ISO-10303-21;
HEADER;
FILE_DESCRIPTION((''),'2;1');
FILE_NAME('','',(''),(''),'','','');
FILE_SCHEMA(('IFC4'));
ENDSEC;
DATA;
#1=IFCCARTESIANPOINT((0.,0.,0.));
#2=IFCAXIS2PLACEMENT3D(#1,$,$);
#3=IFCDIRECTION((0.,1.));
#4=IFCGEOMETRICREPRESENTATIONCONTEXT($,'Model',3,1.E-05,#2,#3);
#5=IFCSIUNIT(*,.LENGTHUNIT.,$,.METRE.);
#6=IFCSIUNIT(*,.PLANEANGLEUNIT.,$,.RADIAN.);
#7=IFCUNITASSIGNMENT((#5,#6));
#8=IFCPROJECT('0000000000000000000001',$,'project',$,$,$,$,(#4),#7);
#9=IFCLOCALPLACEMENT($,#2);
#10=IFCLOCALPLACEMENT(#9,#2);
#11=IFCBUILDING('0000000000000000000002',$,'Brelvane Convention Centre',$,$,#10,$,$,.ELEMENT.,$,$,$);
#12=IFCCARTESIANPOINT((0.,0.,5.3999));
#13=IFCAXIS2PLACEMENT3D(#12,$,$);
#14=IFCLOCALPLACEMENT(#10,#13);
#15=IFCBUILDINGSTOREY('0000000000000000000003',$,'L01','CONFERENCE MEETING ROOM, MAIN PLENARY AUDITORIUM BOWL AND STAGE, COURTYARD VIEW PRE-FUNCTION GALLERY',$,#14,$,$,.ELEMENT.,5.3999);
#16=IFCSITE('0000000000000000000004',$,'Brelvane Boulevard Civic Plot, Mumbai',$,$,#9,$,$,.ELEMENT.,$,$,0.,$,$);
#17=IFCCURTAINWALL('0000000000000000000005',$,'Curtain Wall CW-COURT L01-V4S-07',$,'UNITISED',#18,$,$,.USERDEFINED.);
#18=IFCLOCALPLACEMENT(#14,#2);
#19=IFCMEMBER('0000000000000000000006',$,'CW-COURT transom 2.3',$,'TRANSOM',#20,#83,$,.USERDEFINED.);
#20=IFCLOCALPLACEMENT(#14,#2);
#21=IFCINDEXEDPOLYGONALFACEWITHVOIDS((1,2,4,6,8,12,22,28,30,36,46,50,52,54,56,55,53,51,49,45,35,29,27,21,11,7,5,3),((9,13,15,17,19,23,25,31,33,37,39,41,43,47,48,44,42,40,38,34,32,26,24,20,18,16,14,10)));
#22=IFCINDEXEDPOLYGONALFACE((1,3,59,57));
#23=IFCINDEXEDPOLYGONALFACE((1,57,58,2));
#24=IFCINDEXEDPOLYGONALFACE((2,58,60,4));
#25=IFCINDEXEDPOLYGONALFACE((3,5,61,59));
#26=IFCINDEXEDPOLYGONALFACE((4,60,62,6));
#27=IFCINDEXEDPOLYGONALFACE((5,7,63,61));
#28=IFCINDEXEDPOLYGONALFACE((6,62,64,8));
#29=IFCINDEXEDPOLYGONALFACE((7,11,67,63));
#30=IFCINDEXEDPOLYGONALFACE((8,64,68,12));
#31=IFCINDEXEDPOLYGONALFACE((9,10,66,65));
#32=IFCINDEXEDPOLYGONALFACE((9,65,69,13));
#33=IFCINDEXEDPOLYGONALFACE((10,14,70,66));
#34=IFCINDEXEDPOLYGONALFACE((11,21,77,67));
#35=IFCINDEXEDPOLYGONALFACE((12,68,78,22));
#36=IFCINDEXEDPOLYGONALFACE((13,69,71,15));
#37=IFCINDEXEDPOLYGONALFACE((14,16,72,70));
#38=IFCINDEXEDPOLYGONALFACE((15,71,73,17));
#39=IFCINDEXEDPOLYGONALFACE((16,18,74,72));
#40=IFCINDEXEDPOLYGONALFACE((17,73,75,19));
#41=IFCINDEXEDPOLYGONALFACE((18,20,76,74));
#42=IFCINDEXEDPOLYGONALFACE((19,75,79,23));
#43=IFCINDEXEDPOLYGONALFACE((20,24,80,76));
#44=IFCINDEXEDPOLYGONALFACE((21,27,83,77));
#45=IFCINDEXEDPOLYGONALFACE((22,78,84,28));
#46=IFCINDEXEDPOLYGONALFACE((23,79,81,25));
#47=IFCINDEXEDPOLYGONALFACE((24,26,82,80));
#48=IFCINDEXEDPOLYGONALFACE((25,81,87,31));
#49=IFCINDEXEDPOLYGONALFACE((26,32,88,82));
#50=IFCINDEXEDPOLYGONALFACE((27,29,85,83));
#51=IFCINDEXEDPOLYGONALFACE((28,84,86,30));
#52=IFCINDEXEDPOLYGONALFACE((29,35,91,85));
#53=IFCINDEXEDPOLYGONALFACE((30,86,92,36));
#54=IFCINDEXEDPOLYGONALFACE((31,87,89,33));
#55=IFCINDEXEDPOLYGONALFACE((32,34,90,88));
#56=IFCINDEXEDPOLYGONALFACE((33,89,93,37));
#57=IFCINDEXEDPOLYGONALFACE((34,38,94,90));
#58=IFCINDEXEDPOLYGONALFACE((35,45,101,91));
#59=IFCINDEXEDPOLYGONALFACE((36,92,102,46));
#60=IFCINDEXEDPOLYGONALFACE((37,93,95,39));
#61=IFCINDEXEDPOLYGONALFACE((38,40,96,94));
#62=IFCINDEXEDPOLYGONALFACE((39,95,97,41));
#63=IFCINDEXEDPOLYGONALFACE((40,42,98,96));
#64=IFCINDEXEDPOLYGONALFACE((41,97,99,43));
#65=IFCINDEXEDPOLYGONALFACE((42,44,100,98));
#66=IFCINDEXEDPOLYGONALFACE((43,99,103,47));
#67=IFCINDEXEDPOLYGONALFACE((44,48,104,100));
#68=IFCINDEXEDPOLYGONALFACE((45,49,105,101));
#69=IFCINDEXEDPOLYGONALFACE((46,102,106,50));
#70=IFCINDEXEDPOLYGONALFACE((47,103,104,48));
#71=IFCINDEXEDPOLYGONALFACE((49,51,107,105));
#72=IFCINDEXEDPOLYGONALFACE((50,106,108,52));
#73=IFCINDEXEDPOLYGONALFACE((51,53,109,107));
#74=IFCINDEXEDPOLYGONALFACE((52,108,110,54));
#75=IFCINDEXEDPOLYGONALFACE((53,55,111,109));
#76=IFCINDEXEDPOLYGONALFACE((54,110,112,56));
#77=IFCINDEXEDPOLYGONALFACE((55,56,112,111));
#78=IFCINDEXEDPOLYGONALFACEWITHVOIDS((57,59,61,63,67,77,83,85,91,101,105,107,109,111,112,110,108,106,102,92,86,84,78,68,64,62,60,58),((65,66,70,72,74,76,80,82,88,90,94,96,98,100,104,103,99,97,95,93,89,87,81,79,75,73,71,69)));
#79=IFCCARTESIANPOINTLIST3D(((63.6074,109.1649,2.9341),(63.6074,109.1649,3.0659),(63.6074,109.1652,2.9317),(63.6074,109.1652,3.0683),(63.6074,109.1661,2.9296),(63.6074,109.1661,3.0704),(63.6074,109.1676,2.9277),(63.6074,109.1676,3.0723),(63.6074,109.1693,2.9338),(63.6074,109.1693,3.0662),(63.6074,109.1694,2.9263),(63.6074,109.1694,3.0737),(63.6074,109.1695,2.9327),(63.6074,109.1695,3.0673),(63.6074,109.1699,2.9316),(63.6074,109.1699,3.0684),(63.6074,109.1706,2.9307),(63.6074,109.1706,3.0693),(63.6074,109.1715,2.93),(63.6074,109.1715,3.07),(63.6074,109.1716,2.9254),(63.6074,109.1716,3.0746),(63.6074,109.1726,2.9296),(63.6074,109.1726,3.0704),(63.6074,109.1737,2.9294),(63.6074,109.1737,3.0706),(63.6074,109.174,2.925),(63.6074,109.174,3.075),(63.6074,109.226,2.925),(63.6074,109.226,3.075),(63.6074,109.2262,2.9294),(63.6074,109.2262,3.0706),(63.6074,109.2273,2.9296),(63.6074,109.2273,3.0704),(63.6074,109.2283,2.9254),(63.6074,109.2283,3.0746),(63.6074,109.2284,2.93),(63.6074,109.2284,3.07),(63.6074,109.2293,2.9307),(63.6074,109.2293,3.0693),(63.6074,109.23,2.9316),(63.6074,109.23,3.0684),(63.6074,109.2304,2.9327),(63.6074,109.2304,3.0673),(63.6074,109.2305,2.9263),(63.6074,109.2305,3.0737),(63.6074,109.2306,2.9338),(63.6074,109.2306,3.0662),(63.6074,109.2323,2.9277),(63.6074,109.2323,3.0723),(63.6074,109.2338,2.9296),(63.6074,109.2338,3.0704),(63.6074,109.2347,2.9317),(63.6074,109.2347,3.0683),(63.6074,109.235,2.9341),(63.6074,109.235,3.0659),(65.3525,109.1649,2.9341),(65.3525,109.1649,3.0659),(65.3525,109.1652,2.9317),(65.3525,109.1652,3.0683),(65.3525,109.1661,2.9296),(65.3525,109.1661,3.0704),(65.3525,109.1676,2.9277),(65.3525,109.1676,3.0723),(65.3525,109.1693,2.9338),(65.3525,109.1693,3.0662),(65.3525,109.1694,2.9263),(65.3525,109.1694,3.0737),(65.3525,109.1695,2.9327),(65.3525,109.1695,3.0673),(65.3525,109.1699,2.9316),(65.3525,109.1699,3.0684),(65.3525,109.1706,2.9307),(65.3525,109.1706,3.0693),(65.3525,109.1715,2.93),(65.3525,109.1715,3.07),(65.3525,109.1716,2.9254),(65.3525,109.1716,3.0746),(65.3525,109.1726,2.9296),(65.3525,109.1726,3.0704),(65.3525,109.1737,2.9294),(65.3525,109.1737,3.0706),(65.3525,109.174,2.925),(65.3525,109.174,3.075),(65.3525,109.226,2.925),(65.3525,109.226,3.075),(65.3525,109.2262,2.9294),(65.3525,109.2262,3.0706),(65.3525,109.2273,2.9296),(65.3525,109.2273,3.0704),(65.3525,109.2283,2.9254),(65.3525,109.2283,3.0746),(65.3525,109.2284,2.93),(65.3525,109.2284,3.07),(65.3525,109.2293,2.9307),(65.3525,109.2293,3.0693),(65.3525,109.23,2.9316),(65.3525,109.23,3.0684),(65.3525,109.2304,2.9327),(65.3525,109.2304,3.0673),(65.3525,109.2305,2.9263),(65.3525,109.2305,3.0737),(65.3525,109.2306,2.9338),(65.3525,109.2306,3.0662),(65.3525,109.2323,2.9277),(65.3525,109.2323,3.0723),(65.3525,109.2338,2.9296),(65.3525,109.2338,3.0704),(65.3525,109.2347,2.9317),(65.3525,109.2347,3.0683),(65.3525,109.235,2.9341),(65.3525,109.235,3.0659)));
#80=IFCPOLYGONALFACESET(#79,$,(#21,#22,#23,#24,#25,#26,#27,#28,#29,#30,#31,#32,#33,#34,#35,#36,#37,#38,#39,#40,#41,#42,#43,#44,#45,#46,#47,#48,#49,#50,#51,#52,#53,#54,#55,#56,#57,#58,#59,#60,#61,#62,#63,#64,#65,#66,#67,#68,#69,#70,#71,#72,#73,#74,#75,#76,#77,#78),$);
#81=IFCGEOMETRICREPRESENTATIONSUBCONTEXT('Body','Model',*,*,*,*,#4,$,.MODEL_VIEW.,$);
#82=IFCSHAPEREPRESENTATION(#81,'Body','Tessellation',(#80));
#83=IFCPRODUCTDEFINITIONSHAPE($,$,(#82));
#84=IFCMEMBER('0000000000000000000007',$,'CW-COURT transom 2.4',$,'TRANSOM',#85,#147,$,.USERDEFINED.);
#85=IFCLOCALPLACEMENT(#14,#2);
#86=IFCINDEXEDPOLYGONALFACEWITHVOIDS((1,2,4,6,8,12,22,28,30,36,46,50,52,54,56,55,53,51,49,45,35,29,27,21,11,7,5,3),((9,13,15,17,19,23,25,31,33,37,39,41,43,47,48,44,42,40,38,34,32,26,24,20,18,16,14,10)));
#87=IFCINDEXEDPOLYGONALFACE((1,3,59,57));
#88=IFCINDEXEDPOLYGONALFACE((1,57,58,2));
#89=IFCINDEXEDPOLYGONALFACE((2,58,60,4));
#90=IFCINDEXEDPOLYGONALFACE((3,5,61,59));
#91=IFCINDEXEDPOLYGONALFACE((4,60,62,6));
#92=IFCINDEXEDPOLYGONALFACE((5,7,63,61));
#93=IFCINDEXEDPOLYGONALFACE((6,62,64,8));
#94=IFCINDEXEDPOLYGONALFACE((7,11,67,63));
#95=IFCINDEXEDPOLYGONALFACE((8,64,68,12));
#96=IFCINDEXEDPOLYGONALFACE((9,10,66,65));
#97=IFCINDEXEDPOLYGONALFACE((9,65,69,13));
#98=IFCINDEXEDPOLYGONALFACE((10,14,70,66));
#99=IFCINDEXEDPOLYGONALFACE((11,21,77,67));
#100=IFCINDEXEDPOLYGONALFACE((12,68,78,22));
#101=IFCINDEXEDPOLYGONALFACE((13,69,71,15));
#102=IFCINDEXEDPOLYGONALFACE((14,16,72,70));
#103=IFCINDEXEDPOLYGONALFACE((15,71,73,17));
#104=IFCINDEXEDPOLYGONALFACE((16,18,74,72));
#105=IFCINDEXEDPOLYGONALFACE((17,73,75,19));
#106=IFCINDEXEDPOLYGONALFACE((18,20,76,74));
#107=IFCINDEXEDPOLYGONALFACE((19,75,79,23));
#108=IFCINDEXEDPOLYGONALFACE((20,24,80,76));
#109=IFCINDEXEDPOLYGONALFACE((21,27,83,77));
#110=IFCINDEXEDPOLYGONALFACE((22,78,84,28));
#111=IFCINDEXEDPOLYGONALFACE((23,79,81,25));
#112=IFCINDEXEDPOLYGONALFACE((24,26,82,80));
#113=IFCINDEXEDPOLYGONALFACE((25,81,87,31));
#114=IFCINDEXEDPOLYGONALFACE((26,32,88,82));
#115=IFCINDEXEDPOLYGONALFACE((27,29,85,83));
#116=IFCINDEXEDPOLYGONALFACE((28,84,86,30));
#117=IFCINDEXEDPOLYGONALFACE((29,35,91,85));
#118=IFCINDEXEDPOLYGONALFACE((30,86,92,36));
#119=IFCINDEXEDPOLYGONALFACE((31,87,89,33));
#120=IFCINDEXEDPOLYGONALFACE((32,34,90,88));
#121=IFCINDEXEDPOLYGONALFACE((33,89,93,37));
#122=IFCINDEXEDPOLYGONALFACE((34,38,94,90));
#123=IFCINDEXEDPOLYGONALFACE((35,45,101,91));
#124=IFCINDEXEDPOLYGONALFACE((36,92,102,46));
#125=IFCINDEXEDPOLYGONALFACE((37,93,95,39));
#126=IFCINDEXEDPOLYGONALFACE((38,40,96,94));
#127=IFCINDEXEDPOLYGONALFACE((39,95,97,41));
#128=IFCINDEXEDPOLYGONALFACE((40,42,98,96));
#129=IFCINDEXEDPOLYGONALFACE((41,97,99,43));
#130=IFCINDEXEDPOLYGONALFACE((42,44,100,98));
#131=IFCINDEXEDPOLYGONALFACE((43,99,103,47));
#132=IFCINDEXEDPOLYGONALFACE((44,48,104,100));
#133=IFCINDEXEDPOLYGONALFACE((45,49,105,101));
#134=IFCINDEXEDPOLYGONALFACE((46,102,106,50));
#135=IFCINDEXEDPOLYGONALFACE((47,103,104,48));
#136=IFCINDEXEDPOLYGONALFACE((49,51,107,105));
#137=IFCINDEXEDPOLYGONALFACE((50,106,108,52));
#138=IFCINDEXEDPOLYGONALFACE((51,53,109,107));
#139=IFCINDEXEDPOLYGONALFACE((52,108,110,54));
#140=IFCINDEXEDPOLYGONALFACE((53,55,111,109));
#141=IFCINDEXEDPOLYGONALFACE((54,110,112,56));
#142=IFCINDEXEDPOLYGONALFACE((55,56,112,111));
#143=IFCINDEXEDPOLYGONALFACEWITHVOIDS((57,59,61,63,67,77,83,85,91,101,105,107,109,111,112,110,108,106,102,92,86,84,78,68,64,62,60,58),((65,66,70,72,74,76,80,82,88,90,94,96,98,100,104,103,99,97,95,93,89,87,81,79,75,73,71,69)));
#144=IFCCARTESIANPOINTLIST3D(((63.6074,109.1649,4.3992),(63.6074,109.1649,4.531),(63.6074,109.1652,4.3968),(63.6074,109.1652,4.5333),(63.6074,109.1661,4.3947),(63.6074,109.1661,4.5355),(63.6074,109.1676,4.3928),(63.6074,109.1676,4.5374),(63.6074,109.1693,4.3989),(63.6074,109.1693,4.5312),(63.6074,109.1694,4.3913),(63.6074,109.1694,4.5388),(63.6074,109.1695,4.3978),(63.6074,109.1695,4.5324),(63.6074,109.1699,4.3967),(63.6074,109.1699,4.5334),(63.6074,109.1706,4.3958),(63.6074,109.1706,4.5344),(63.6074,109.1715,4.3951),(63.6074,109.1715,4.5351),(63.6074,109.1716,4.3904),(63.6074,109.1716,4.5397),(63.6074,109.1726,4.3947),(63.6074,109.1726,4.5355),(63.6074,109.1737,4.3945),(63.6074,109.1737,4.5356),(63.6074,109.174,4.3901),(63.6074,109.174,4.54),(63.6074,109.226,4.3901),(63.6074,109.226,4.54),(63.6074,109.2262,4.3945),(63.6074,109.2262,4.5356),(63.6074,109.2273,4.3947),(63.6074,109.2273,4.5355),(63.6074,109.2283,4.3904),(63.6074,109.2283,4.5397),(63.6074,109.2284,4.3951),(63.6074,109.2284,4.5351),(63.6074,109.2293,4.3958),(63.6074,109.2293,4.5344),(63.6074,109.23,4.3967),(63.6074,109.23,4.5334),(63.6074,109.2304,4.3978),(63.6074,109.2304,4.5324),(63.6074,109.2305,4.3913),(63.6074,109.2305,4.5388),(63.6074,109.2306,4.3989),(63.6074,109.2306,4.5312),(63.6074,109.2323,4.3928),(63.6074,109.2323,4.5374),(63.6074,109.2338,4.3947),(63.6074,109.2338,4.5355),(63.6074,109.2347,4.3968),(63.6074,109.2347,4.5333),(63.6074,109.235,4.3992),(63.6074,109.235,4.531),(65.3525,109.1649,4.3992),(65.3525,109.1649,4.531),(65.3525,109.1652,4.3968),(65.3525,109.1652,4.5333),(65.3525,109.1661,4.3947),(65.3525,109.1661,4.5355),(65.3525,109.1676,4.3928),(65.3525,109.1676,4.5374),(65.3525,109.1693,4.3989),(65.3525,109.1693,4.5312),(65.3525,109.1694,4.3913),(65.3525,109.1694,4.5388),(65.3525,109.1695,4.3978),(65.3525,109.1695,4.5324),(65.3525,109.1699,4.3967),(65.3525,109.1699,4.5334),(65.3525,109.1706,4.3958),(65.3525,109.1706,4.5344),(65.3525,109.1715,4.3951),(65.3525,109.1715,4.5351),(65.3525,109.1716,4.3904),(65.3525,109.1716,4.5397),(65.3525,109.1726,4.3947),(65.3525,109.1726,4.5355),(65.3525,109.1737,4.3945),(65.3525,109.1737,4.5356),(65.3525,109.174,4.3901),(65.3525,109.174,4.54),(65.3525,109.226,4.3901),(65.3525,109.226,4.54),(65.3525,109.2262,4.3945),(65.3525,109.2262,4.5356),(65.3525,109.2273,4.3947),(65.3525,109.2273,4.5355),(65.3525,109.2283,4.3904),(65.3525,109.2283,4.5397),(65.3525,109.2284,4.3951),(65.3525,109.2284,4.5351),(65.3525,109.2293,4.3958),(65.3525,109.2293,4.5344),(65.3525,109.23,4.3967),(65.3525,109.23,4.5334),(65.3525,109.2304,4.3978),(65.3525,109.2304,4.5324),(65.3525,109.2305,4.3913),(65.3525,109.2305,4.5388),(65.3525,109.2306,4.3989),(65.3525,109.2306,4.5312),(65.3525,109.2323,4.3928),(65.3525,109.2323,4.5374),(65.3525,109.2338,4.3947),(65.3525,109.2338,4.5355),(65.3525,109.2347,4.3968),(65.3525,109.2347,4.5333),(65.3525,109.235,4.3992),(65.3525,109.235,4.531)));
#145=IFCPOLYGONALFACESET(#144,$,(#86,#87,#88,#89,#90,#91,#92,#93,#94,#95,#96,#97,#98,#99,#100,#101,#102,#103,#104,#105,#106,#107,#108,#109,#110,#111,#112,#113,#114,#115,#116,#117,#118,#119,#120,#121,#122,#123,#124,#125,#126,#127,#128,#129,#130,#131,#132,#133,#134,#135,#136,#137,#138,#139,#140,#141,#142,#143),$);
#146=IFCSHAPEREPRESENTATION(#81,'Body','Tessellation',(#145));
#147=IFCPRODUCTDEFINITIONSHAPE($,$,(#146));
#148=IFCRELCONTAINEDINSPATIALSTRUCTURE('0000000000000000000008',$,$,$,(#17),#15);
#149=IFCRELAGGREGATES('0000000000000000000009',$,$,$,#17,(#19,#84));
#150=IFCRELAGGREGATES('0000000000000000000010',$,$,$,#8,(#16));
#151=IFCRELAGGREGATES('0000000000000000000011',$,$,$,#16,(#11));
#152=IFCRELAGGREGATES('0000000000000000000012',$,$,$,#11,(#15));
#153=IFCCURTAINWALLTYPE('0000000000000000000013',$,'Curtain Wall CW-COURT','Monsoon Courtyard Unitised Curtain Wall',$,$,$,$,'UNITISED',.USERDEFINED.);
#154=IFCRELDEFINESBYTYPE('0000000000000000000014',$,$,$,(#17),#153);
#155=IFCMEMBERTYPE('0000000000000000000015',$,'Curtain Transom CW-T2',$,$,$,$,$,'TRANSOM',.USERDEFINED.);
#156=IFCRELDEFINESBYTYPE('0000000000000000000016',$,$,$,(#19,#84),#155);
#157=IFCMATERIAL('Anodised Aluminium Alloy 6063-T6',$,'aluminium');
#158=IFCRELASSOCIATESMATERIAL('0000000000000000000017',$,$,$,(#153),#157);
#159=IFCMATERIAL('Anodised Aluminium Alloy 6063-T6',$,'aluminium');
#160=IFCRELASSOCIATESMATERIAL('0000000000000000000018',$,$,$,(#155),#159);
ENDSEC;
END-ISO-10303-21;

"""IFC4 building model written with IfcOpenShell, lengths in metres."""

from ifc_helpers import new_model, si_unit, direction, frame, origin, origin_2d, place, context, subcontext, project, spatial, hollow_rectangle, extrude, material, material_profile, profile_set, type_object, element, aggregate, save


model = new_model("IFC4")

# Units and contexts
model_context = context("Model", 3, precision=1e-05, world=origin(), true_north=direction((0.0, 1.0)))
body_context = subcontext(model_context, "Body", "Model", "MODEL_VIEW")
ifc_project = project(units=[si_unit("LENGTHUNIT", "METRE"), si_unit("PLANEANGLEUNIT", "RADIAN")], contexts=[model_context])

# Site, building, storey
site_placement = place(None, origin())
site = spatial("IfcSite", under=ifc_project, at=site_placement, Name="Brelvane Boulevard Civic Plot, Mumbai", CompositionType="ELEMENT", RefElevation=0.0)
building_placement = place(site_placement, origin())
building = spatial("IfcBuilding", under=site, at=building_placement, Name="Brelvane Convention Centre", CompositionType="ELEMENT")
storey_placement = place(building_placement, frame((0.0, 0.0, 5.3999)))
storey = spatial("IfcBuildingStorey", under=building, at=storey_placement, Name="L01", Description="CONFERENCE MEETING ROOM, MAIN PLENARY AUDITORIUM BOWL AND STAGE, COURTYARD VIEW PRE-FUNCTION GALLERY", CompositionType="ELEMENT", Elevation=5.3999)

# Curtain wall, members
ifc_material_1 = material(Name="Anodised Aluminium Alloy 6063-T6", Category="aluminium")
curtain_wall_type = type_object("IfcCurtainWallType", Name="Curtain Wall CW-COURT", Description="Monsoon Courtyard Unitised Curtain Wall", ElementType="UNITISED", PredefinedType="USERDEFINED", material=ifc_material_1)
curtain_wall_placement = place(storey_placement, origin())
curtain_wall = element("IfcCurtainWall", 1, at=curtain_wall_placement, inside=storey, type_object=curtain_wall_type, Name="Curtain Wall CW-COURT L01-V4S-07", ObjectType="UNITISED", PredefinedType="USERDEFINED")
ifc_material_2 = material(Name="Anodised Aluminium Alloy 6063-T6", Category="aluminium")
ifc_material_profile_1 = material_profile(ifc_material_2, hollow_rectangle(XDim=0.0701, YDim=0.1499, WallThickness=0.0044, InnerFilletRadius=0.0044, OuterFilletRadius=0.009, at=origin_2d()), Name="ALU-T 150x70x4.5")
ifc_profile_set_1 = profile_set([ifc_material_profile_1], Name="Anodised Aluminium Alloy 6063-T6")
member_type_1 = type_object("IfcMemberType", Name="Curtain Transom CW-T2", ElementType="TRANSOM", PredefinedType="USERDEFINED", material=ifc_profile_set_1)
member_1_placement = place(storey_placement, frame((63.6074, 109.2, 3.0), z_axis=(1.0, 0.0, 0.0), x_axis=(0.0, 1.0, 0.0)))
member_1 = element("IfcMember", 2, at=member_1_placement, type_object=member_type_1, Name="CW-COURT transom 2.3", ObjectType="TRANSOM", PredefinedType="USERDEFINED", context=body_context, shape_type="SweptSolid", body=[
    extrude(hollow_rectangle(XDim=0.0701, YDim=0.1499, WallThickness=0.0044, InnerFilletRadius=0.0044, OuterFilletRadius=0.009, at=origin_2d()), origin(), (0.0, 0.0, 1.0), 1.7451),
])
member_2_placement = place(storey_placement, frame((63.6074, 109.2, 4.4651), z_axis=(1.0, 0.0, 0.0), x_axis=(0.0, 1.0, 0.0)))
member_2 = element("IfcMember", 3, at=member_2_placement, type_object=member_type_1, Name="CW-COURT transom 2.4", ObjectType="TRANSOM", PredefinedType="USERDEFINED", context=body_context, shape_type="SweptSolid", body=[
    extrude(hollow_rectangle(XDim=0.0701, YDim=0.1499, WallThickness=0.0044, InnerFilletRadius=0.0044, OuterFilletRadius=0.009, at=origin_2d()), origin(), (0.0, 0.0, 1.0), 1.7451),
])
aggregate(curtain_wall, [member_1, member_2])

save(model, "model.ifc")
